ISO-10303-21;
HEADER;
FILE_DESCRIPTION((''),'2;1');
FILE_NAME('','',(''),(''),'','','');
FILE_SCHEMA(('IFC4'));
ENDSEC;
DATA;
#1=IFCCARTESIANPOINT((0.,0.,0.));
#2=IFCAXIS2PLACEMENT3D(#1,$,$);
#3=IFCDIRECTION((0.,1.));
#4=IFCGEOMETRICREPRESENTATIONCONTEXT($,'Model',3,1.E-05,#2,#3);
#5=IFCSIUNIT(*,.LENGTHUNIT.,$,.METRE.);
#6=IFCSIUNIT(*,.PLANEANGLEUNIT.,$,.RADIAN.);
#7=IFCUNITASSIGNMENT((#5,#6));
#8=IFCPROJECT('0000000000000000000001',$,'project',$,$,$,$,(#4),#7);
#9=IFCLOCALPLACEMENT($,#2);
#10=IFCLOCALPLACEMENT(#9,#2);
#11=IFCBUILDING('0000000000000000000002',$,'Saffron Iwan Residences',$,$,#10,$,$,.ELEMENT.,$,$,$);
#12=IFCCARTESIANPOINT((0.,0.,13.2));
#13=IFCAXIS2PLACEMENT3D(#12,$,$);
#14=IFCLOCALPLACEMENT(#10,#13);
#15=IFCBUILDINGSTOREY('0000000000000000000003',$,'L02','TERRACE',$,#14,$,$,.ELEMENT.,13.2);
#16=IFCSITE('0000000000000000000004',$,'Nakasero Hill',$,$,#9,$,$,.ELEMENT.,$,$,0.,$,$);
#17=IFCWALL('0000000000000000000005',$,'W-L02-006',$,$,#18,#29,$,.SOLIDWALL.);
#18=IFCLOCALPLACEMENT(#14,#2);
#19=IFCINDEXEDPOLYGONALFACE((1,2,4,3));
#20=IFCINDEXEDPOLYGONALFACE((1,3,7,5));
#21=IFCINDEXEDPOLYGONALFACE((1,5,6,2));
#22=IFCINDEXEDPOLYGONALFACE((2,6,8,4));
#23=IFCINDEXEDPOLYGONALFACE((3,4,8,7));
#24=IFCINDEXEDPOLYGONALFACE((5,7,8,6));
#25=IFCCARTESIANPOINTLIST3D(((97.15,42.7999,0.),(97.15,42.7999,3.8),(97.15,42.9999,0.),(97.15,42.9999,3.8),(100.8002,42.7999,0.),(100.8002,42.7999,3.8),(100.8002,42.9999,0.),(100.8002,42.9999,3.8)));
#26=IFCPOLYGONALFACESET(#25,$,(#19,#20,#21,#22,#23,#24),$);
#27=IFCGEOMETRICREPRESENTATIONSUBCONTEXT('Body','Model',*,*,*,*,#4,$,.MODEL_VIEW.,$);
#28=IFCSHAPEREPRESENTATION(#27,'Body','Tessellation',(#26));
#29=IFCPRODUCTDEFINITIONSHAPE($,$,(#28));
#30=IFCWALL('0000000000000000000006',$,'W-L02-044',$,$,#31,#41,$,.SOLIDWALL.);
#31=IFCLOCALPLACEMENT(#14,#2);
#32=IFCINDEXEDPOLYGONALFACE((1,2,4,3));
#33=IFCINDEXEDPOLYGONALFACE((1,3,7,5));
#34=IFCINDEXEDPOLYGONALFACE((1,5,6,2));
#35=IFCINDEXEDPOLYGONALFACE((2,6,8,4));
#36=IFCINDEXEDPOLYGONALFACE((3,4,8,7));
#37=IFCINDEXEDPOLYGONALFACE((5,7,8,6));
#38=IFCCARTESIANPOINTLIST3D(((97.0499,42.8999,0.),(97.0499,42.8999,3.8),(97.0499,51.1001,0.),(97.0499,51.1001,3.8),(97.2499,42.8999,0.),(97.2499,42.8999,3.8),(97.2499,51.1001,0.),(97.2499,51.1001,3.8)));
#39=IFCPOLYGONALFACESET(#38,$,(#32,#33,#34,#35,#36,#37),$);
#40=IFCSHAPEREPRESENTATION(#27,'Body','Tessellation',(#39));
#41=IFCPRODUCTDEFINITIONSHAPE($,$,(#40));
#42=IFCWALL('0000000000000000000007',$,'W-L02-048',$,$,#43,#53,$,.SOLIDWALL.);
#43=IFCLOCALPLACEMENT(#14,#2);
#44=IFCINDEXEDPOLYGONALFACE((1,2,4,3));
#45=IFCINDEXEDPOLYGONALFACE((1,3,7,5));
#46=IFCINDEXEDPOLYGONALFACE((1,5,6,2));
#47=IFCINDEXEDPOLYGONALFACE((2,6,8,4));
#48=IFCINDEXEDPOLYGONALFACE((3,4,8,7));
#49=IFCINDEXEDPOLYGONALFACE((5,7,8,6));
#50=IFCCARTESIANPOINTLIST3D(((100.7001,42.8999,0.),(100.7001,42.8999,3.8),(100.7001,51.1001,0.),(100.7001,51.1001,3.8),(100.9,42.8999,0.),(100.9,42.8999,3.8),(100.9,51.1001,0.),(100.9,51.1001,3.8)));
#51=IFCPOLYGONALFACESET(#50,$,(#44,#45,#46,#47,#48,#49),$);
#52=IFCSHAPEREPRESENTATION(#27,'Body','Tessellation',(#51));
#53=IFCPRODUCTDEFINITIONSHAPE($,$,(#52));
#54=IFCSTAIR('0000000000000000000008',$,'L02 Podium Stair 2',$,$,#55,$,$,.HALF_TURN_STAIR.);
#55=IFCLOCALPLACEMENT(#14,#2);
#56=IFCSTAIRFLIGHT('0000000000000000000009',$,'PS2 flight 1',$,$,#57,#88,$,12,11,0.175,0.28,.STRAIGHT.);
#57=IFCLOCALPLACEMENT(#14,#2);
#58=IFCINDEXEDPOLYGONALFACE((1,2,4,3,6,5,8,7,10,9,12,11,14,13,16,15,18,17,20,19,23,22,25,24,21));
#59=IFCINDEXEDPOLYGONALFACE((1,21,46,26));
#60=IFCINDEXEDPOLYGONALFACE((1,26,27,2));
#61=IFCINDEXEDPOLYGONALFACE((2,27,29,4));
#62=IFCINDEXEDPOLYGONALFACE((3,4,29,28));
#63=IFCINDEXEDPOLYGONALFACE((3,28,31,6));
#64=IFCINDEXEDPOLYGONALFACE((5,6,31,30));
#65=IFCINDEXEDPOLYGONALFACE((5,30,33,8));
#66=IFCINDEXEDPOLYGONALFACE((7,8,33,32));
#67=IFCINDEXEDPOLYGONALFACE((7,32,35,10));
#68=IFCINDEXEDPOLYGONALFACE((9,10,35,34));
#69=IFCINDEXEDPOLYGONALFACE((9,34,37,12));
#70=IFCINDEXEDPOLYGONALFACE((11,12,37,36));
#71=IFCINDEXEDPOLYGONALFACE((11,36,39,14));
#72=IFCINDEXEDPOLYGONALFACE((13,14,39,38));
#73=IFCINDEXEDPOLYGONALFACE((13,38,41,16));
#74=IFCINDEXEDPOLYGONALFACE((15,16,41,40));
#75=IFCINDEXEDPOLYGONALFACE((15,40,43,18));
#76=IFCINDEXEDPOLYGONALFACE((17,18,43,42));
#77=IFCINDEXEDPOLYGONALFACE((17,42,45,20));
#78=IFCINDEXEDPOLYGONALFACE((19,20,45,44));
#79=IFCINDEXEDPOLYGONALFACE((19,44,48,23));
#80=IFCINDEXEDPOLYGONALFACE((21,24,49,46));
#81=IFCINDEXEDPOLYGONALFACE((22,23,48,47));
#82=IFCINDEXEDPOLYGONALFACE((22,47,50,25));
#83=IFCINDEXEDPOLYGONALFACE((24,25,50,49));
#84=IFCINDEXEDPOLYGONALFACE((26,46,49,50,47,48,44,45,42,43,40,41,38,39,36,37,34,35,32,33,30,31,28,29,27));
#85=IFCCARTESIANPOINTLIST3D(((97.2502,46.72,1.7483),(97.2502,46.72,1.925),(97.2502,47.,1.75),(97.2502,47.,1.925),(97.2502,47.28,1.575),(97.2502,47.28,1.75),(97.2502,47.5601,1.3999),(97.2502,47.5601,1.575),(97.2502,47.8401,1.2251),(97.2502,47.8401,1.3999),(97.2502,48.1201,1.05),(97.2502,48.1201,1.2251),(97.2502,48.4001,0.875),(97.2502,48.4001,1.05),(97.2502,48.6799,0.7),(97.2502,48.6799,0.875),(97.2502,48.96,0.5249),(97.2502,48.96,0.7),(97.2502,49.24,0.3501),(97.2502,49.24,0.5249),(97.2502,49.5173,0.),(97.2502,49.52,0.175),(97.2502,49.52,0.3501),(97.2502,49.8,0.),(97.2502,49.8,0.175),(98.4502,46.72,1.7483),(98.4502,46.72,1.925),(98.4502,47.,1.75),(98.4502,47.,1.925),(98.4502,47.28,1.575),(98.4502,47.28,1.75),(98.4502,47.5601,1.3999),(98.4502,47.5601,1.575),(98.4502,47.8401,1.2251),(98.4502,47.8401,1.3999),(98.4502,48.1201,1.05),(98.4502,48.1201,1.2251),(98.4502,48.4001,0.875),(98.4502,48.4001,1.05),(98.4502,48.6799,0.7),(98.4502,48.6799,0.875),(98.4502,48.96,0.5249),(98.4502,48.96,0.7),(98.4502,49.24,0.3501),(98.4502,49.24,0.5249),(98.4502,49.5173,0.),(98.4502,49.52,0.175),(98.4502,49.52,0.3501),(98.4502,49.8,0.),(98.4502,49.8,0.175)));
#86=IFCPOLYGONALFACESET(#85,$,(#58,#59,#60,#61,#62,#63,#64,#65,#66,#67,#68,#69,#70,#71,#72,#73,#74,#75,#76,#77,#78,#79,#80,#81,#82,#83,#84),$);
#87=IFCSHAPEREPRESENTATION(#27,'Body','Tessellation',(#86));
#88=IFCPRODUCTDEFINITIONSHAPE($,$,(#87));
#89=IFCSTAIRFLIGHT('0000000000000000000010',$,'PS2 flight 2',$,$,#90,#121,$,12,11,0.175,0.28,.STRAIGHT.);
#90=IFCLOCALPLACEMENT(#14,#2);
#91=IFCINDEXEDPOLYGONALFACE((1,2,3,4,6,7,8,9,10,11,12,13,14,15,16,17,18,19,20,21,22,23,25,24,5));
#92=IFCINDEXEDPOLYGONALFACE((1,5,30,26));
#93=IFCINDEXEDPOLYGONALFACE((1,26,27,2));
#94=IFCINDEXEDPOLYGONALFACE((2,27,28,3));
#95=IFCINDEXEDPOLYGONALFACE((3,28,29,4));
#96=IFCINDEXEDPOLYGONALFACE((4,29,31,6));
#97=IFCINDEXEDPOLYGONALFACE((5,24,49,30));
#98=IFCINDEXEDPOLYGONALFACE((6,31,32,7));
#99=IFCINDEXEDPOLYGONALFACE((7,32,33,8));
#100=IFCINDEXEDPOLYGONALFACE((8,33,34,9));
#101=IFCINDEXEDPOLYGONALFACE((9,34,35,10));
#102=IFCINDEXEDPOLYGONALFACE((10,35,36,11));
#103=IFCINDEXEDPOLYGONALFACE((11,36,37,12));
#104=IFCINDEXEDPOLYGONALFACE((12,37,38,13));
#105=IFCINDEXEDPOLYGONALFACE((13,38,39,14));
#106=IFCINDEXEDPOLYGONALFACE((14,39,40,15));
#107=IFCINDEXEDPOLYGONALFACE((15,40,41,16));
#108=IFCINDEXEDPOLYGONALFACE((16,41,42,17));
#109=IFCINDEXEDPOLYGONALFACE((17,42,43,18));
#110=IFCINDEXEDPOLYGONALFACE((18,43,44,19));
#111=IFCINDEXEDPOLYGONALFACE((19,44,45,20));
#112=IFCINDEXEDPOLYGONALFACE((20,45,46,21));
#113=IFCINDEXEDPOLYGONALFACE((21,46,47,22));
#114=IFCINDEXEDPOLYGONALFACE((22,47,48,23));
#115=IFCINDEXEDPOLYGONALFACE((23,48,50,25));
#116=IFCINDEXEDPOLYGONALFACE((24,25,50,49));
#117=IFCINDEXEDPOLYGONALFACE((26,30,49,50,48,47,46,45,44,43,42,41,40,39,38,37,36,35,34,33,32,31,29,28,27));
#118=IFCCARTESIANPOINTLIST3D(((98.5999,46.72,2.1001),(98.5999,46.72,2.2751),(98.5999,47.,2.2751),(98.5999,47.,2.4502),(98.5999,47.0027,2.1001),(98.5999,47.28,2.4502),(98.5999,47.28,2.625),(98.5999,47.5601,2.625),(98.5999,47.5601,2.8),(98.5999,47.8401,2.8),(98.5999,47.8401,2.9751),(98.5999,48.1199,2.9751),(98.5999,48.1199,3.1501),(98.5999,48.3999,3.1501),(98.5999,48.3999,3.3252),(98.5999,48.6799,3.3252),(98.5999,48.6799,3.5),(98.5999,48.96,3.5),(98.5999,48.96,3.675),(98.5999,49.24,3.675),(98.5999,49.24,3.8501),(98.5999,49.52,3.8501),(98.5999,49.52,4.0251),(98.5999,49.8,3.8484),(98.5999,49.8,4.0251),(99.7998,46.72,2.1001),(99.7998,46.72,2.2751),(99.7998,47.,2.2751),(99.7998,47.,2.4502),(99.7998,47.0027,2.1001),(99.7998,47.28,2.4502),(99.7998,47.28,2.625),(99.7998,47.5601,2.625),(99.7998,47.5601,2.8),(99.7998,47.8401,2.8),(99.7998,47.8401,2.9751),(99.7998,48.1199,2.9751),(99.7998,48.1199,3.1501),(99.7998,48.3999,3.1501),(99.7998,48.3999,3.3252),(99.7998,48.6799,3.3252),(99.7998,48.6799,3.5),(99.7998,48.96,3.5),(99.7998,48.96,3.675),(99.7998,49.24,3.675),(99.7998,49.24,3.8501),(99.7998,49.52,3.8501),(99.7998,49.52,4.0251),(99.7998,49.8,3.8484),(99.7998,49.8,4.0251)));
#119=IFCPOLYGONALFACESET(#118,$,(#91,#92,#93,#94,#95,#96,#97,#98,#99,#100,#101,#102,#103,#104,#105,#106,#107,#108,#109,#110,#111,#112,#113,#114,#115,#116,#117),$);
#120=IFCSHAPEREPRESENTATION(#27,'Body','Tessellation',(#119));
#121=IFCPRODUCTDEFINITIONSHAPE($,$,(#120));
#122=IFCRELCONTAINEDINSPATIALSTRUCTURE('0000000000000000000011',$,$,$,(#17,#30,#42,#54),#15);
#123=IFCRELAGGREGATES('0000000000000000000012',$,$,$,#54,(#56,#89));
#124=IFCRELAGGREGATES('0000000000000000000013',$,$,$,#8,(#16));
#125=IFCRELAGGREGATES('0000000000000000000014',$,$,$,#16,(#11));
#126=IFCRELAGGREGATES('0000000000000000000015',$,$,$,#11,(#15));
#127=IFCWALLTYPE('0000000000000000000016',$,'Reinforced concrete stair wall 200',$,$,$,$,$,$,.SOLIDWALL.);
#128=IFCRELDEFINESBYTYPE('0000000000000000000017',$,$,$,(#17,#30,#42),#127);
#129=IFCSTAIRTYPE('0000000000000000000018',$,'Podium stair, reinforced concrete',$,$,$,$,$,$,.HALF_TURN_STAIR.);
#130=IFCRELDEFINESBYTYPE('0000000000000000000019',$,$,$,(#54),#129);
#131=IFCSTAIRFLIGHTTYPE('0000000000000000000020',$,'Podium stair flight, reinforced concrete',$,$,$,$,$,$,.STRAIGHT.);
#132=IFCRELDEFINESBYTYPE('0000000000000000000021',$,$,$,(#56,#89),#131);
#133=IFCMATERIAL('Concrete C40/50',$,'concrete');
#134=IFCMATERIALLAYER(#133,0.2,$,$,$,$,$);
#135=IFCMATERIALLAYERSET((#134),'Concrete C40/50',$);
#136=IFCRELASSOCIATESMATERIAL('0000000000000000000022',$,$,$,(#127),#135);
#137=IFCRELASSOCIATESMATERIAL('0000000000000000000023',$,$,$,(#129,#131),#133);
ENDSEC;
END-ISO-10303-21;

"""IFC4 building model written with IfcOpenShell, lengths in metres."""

from ifc_helpers import new_model, si_unit, direction, frame, frame_2d, origin, place, context, subcontext, project, spatial, polyline, rectangle, outline, extrude, material, layer, layer_set, type_object, element, aggregate, save


model = new_model("IFC4")

# Units and contexts
model_context = context("Model", 3, precision=1e-05, world=origin(), true_north=direction((0.0, 1.0)))
body_context = subcontext(model_context, "Body", "Model", "MODEL_VIEW")
ifc_project = project(units=[si_unit("LENGTHUNIT", "METRE"), si_unit("PLANEANGLEUNIT", "RADIAN")], contexts=[model_context])

# Site, building, storey
site_placement = place(None, origin())
site = spatial("IfcSite", under=ifc_project, at=site_placement, Name="Nakasero Hill", CompositionType="ELEMENT", RefElevation=0.0)
building_placement = place(site_placement, origin())
building = spatial("IfcBuilding", under=site, at=building_placement, Name="Saffron Iwan Residences", CompositionType="ELEMENT")
storey_placement = place(building_placement, frame((0.0, 0.0, 13.2)))
storey = spatial("IfcBuildingStorey", under=building, at=storey_placement, Name="L02", Description="TERRACE", CompositionType="ELEMENT", Elevation=13.2)

# Shared definitions
ifc_material_1 = material(Name="Concrete C40/50", Category="concrete")

# Walls
ifc_layer_1 = layer(ifc_material_1, 0.2)
ifc_layer_set_1 = layer_set([ifc_layer_1], Name="Concrete C40/50")
wall_type_1 = type_object("IfcWallType", Name="Reinforced concrete stair wall 200", PredefinedType="SOLIDWALL", material=ifc_layer_set_1)
wall_1_placement = place(storey_placement, frame((97.1499, 42.8999, 0.0), z_axis=(0.0, 0.0, 1.0), x_axis=(1.0, 0.0, 0.0)))
element("IfcWall", 1, at=wall_1_placement, inside=storey, type_object=wall_type_1, Name="W-L02-006", PredefinedType="SOLIDWALL", context=body_context, shape_type="SweptSolid", body=[
    extrude(rectangle(XDim=3.6501, YDim=0.2, at=frame_2d((1.8252, 0.0))), origin(), (0.0, 0.0, 1.0), 3.8),
])
for number, where, z_axis, x_axis, name in (
    (2, (97.1499, 42.8999, 0.0), (0.0, 0.0, 1.0), (0.0, 1.0, 0.0), "W-L02-044"),
    (3, (100.8, 42.8999, 0.0), (0.0, 0.0, 1.0), (0.0, 1.0, 0.0), "W-L02-048"),
):
    element("IfcWall", number, at=place(storey_placement, frame(where, z_axis=z_axis, x_axis=x_axis)), inside=storey, type_object=wall_type_1, Name=name, PredefinedType="SOLIDWALL", context=body_context, shape_type="SweptSolid", body=[
        extrude(rectangle(XDim=8.2002, YDim=0.2, at=frame_2d((4.1001, 0.0))), origin(), (0.0, 0.0, 1.0), 3.8),
    ])

# Stair, stair flights
stair_type = type_object("IfcStairType", Name="Podium stair, reinforced concrete", PredefinedType="HALF_TURN_STAIR", material=ifc_material_1)
stair_placement = place(storey_placement, origin())
stair = element("IfcStair", 4, at=stair_placement, inside=storey, type_object=stair_type, Name="L02 Podium Stair 2", PredefinedType="HALF_TURN_STAIR")
stair_flight_type = type_object("IfcStairFlightType", Name="Podium stair flight, reinforced concrete", PredefinedType="STRAIGHT", material=ifc_material_1)
stair_flight_1_placement = place(storey_placement, frame((97.8501, 49.8, 0.0), z_axis=(0.0, 0.0, 1.0), x_axis=(0.0, -1.0, 0.0)))
stair_flight_1 = element("IfcStairFlight", 5, at=stair_flight_1_placement, type_object=stair_flight_type, Name="PS2 flight 1", NumberOfRisers=12, NumberOfTreads=11, PredefinedType="STRAIGHT", RiserHeight=0.175, TreadLength=0.28, context=body_context, shape_type="SweptSolid", body=[
    extrude(outline(polyline([(0.0, 0.0), (0.0, 0.175), (0.28, 0.175), (0.28, 0.3501), (0.5601, 0.3501), (0.5601, 0.5249), (0.8401, 0.5249), (0.8401, 0.7), (1.1201, 0.7), (1.1201, 0.875), (1.3999, 0.875), (1.3999, 1.05), (1.6799, 1.05), (1.6799, 1.2251), (1.96, 1.2251), (1.96, 1.3999), (2.24, 1.3999), (2.24, 1.575), (2.52, 1.575), (2.52, 1.75), (2.8, 1.75), (2.8, 1.925), (3.0801, 1.925), (3.0801, 2.1001), (3.0801, 1.7483), (0.2827, 0.0), (0.0, 0.0)])), frame((0.0, 0.6001, 0.0), z_axis=(0.0, -1.0, 0.0), x_axis=(1.0, 0.0, 0.0)), (0.0, 0.0, 1.0), 1.2),
])
stair_flight_2_placement = place(storey_placement, frame((99.2, 46.72, 2.1001), z_axis=(0.0, 0.0, 1.0), x_axis=(0.0, 1.0, 0.0)))
stair_flight_2 = element("IfcStairFlight", 6, at=stair_flight_2_placement, type_object=stair_flight_type, Name="PS2 flight 2", NumberOfRisers=12, NumberOfTreads=11, PredefinedType="STRAIGHT", RiserHeight=0.175, TreadLength=0.28, context=body_context, shape_type="SweptSolid", body=[
    extrude(outline(polyline([(0.0, 0.0), (0.0, 0.175), (0.28, 0.175), (0.28, 0.3501), (0.5601, 0.3501), (0.5601, 0.5249), (0.8401, 0.5249), (0.8401, 0.7), (1.1201, 0.7), (1.1201, 0.875), (1.3999, 0.875), (1.3999, 1.05), (1.6799, 1.05), (1.6799, 1.2251), (1.96, 1.2251), (1.96, 1.3999), (2.24, 1.3999), (2.24, 1.575), (2.52, 1.575), (2.52, 1.75), (2.8, 1.75), (2.8, 1.925), (3.0801, 1.925), (3.0801, 2.1001), (3.0801, 1.7483), (0.2827, 0.0), (0.0, 0.0)])), frame((0.0, 0.6001, 0.0), z_axis=(0.0, -1.0, 0.0), x_axis=(1.0, 0.0, 0.0)), (0.0, 0.0, 1.0), 1.2),
])
aggregate(stair, [stair_flight_1, stair_flight_2])

save(model, "model.ifc")
